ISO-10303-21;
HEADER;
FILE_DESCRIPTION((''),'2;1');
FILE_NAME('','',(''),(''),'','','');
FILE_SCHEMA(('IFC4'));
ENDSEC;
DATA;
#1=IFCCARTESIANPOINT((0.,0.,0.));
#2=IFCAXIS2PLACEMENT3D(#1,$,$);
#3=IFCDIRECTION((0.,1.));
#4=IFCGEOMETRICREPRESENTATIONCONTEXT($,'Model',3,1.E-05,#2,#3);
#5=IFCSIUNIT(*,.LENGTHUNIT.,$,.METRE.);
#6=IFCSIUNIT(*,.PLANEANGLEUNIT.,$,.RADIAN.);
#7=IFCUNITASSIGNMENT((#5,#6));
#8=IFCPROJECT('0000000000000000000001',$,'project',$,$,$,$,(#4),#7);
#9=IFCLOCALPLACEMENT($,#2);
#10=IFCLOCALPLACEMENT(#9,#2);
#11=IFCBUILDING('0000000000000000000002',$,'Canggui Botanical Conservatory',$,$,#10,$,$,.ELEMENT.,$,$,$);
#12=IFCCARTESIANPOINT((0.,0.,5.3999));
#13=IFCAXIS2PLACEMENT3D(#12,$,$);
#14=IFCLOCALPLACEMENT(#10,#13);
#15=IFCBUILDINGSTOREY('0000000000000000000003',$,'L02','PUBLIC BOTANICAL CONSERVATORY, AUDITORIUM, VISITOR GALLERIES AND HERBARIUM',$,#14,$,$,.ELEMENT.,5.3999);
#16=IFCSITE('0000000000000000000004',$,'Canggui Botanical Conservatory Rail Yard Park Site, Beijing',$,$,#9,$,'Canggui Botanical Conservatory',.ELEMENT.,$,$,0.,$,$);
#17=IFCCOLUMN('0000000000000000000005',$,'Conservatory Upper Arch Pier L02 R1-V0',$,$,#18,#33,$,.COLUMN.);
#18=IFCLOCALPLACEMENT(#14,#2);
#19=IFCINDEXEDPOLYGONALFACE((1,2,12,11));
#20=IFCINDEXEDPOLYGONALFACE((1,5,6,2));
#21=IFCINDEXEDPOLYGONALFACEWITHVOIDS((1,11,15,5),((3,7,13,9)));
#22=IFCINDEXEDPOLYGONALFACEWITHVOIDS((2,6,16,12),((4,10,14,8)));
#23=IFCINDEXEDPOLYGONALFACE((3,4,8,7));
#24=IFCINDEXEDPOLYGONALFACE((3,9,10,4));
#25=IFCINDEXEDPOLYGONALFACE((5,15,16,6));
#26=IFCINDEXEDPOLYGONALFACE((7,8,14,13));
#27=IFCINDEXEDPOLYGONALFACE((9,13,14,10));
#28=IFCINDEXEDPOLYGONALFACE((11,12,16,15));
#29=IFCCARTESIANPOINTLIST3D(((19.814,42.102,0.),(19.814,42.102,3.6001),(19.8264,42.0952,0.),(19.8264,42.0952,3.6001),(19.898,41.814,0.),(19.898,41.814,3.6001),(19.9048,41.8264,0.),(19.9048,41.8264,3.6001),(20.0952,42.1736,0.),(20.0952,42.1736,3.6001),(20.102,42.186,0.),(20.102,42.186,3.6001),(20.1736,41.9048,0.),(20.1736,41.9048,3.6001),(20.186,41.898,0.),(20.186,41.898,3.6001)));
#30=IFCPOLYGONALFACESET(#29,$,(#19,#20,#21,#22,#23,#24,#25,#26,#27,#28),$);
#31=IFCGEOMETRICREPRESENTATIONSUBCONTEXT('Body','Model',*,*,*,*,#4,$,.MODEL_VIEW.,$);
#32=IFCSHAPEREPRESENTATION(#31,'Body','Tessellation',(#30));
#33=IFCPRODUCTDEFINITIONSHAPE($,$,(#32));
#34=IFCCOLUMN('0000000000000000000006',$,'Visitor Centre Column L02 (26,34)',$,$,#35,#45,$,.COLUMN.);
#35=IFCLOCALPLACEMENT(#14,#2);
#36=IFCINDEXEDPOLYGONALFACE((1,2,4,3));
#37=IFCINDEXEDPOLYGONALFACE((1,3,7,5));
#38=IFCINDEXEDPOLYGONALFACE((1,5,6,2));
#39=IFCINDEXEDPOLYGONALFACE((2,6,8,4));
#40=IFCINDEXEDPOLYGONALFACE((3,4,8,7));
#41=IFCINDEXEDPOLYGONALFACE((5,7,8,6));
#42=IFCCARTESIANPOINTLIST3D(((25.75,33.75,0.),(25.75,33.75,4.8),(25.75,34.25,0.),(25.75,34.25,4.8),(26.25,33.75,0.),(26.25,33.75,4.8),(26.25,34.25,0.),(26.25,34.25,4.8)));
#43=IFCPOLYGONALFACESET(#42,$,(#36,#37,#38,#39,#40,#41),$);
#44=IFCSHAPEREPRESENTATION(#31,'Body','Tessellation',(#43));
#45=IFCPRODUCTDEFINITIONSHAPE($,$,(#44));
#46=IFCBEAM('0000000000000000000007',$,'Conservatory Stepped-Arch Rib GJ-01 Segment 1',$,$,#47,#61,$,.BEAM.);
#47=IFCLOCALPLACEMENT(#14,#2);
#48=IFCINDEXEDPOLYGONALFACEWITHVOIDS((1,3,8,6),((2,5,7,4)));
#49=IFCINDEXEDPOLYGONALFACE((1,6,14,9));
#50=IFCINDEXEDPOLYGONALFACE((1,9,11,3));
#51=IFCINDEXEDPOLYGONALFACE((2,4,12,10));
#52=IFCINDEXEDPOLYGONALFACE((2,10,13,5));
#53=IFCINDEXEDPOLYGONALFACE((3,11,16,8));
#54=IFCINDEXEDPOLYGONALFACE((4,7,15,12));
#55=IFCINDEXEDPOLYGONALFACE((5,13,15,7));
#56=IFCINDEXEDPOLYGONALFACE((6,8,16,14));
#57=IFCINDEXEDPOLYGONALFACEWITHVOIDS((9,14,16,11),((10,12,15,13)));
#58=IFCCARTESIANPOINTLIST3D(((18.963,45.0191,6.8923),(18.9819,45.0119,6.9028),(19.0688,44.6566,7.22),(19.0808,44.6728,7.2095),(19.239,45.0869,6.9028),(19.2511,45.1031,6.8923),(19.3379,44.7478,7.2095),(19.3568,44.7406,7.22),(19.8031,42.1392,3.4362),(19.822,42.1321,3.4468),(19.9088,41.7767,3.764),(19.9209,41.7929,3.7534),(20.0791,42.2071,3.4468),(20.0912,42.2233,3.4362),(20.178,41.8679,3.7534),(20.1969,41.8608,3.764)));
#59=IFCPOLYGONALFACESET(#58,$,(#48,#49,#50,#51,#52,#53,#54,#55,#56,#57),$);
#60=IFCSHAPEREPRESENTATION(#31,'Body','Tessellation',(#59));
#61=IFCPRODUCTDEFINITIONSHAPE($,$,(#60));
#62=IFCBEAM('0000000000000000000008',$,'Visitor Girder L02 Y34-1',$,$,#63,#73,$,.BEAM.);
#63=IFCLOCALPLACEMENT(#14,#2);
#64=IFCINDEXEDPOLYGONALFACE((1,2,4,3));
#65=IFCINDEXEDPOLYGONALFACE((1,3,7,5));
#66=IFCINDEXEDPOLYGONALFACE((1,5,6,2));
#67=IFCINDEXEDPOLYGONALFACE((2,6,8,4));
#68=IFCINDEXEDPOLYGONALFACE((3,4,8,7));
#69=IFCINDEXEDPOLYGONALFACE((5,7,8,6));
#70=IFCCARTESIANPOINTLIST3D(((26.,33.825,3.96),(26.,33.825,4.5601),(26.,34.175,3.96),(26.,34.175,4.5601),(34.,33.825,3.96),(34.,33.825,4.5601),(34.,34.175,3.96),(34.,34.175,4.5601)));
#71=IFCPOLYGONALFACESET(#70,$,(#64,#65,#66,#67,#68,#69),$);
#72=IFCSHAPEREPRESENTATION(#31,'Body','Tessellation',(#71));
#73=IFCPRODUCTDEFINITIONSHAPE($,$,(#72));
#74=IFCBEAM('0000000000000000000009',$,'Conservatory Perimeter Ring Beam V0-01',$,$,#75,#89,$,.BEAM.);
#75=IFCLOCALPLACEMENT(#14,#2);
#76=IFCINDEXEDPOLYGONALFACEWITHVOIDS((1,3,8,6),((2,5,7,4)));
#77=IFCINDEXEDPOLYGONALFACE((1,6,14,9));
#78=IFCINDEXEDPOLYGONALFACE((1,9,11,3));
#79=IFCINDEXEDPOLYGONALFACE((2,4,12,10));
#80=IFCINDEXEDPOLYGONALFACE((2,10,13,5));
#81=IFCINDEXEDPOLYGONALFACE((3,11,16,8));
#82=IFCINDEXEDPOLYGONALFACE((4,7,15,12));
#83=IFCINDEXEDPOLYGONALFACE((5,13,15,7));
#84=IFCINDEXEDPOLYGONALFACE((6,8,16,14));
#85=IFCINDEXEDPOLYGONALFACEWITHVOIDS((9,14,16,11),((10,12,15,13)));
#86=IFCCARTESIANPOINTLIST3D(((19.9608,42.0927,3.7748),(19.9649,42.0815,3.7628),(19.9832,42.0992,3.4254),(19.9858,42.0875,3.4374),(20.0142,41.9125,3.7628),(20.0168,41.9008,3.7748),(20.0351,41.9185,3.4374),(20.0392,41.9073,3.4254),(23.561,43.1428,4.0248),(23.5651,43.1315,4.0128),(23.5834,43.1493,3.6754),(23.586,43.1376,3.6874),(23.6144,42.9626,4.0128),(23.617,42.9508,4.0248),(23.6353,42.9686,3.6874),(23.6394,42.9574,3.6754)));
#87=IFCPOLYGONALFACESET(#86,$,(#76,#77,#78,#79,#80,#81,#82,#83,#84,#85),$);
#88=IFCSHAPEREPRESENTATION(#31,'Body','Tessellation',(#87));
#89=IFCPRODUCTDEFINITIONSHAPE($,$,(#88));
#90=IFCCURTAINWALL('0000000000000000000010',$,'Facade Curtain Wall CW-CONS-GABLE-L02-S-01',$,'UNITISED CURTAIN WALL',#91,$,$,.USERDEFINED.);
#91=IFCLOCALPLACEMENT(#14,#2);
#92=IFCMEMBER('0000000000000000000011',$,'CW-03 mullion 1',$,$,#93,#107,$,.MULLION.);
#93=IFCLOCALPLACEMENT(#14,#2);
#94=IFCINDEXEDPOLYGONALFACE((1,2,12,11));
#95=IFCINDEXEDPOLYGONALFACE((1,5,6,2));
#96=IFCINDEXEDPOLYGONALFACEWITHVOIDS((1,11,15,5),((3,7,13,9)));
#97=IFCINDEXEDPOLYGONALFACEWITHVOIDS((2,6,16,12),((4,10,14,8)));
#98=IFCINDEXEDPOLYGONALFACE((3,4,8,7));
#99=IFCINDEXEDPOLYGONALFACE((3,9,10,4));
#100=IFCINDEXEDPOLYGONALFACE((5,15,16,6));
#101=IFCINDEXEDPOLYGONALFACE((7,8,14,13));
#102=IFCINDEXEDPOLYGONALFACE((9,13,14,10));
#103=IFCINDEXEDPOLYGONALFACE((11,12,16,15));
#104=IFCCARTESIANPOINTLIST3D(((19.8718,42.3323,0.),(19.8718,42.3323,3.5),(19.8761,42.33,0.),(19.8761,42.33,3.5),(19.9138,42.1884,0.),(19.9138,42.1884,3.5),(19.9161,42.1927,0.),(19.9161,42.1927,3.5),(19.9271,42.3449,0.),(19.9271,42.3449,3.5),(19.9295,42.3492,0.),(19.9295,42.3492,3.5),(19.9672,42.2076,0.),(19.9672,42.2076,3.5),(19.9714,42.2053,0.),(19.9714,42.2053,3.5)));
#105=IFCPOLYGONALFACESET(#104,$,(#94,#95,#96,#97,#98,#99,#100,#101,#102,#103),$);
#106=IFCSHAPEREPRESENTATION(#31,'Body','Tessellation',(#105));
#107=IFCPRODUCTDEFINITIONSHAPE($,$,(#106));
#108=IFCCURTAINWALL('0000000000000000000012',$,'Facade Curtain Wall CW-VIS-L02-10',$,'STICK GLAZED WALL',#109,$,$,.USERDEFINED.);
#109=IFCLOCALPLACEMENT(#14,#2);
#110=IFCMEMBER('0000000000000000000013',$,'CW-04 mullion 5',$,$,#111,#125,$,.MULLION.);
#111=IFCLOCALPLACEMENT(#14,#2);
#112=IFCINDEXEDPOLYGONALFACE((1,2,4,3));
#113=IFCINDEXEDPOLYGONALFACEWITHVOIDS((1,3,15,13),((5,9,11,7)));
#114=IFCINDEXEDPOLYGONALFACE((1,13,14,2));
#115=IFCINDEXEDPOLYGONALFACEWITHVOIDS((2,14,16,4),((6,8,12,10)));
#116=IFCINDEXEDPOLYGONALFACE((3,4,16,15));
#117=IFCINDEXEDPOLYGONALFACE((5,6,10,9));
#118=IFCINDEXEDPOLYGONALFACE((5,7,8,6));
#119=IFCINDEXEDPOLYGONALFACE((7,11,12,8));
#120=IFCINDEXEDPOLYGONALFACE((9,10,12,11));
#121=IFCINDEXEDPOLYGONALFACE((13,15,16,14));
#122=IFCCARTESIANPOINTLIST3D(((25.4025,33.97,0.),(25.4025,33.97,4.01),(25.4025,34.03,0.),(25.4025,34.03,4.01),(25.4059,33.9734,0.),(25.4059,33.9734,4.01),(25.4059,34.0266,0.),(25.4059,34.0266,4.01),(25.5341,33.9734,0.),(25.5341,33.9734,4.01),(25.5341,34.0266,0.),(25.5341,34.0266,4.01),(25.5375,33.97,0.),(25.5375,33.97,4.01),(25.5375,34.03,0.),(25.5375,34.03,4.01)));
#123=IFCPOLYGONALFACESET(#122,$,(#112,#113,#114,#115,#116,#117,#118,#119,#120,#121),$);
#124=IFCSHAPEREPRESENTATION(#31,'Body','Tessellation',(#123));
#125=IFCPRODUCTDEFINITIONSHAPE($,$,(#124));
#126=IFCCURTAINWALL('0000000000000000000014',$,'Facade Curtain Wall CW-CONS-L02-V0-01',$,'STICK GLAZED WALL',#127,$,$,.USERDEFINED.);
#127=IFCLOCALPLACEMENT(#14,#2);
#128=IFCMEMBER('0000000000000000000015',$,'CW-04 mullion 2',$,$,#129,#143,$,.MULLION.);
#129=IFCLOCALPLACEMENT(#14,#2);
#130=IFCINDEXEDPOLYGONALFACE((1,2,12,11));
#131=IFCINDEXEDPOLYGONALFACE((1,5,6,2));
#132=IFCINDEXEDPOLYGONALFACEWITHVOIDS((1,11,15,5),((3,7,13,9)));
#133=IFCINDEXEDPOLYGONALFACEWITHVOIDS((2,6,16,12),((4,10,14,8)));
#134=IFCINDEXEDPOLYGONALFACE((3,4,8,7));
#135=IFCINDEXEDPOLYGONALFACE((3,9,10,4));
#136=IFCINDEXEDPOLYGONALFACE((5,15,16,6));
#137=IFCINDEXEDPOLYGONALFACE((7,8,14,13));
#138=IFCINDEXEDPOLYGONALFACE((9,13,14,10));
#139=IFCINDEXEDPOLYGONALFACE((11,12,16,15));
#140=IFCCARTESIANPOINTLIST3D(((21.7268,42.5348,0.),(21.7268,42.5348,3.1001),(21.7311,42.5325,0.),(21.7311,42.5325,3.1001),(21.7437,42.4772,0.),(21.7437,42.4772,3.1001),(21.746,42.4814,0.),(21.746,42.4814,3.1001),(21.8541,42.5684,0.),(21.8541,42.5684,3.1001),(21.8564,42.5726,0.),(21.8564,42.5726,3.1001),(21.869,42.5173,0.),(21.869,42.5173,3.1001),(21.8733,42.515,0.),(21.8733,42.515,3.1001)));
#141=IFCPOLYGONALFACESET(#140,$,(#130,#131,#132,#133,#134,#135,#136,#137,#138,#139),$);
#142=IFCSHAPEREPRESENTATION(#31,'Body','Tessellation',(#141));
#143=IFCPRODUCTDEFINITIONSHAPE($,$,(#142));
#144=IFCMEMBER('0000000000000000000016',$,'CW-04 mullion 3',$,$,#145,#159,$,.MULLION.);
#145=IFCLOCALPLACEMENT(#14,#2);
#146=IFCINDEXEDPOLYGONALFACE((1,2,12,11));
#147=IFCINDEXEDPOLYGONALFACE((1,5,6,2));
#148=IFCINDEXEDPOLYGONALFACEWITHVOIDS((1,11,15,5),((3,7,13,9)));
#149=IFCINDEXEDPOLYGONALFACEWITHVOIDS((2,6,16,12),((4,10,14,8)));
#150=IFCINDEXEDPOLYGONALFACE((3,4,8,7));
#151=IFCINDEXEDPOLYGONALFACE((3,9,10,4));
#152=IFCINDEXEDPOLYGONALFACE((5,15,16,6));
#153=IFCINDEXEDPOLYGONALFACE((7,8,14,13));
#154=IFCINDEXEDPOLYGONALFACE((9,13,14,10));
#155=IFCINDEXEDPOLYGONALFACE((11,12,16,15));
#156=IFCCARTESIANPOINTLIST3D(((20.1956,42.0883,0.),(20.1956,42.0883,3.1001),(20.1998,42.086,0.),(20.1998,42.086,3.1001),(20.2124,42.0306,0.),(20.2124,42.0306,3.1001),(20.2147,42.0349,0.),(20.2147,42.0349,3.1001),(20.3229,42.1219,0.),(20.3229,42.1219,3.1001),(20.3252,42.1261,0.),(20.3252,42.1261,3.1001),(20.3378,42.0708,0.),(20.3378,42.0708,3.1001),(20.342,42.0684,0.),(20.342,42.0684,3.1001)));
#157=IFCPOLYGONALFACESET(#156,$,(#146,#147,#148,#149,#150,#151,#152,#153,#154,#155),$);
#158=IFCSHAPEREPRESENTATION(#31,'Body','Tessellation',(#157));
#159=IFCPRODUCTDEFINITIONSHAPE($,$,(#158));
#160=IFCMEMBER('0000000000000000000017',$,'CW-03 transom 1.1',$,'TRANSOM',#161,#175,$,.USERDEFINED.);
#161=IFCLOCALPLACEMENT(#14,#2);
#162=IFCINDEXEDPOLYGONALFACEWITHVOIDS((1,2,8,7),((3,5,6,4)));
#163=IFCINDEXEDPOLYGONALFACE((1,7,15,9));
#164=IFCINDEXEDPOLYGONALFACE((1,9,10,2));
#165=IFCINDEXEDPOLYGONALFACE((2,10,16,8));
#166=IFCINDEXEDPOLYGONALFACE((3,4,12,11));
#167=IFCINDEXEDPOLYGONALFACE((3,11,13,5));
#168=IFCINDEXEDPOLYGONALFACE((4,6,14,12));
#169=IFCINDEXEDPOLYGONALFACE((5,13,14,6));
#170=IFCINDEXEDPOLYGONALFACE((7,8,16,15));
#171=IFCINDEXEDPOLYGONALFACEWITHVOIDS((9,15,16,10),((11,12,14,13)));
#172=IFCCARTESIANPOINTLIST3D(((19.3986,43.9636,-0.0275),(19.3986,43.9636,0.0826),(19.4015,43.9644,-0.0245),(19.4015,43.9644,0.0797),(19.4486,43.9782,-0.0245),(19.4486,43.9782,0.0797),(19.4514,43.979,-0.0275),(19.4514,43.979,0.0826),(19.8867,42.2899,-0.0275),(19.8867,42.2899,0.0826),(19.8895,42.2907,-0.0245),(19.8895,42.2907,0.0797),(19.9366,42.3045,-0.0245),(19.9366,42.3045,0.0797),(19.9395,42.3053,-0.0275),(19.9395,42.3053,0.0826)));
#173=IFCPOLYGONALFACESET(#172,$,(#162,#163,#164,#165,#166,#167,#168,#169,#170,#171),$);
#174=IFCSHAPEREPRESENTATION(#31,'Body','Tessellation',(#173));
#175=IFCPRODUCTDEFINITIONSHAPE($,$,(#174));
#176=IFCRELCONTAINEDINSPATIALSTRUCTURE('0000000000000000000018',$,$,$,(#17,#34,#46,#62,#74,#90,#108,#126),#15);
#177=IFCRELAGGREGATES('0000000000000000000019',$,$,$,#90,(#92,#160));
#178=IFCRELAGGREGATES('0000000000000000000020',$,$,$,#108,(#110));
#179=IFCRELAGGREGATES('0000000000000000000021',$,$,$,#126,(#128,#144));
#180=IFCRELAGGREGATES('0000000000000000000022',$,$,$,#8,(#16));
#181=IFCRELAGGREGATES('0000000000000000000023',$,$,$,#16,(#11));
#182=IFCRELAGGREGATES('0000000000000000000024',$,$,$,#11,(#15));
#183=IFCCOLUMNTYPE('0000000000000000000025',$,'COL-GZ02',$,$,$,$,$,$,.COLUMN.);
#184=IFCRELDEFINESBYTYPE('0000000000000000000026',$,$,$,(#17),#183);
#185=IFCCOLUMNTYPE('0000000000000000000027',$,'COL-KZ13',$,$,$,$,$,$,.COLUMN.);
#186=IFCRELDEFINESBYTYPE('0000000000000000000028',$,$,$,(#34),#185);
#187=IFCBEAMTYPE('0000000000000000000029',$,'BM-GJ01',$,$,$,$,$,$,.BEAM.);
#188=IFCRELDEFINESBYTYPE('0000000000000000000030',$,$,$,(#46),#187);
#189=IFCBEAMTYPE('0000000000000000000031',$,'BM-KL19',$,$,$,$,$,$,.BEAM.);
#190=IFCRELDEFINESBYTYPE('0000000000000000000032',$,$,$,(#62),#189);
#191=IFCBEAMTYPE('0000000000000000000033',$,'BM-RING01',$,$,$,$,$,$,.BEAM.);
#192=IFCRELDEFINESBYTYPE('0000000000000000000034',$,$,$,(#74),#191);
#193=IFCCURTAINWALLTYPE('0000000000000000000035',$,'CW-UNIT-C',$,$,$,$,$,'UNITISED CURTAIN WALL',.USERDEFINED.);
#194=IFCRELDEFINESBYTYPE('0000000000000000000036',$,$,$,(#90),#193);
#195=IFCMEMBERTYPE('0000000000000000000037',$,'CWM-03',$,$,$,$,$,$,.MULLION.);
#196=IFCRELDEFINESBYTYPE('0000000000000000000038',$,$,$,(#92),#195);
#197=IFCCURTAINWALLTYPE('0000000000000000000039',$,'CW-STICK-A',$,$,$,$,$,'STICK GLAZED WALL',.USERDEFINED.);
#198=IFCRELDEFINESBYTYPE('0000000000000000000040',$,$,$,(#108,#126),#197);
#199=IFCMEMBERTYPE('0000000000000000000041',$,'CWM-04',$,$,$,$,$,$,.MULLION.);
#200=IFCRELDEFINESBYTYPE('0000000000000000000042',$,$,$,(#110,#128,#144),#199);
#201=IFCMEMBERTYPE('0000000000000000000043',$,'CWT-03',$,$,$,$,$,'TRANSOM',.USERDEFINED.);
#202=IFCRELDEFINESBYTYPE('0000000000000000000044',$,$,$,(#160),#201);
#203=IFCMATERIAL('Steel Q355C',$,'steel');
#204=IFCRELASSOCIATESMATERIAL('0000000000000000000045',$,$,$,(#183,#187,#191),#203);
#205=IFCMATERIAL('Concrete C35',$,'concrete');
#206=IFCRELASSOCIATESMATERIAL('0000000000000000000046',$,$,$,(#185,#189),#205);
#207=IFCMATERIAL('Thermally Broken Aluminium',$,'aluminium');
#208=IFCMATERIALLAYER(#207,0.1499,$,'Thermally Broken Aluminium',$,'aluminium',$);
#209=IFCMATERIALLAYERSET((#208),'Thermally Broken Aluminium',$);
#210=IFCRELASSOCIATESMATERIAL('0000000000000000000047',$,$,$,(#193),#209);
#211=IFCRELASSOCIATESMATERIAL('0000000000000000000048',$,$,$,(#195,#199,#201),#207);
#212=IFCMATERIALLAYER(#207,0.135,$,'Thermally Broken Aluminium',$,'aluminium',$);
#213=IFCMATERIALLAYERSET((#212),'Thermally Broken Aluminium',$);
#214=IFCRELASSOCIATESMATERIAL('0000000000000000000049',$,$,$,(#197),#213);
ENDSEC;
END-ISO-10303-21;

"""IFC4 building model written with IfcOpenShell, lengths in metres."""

from ifc_helpers import new_model, si_unit, direction, frame, origin, origin_2d, place, context, subcontext, project, spatial, rectangle, hollow_rectangle, extrude, material, layer, layer_set, material_profile, profile_set, type_object, element, aggregate, save


model = new_model("IFC4")

# Units and contexts
model_context = context("Model", 3, precision=1e-05, world=origin(), true_north=direction((0.0, 1.0)))
body_context = subcontext(model_context, "Body", "Model", "MODEL_VIEW")
ifc_project = project(units=[si_unit("LENGTHUNIT", "METRE"), si_unit("PLANEANGLEUNIT", "RADIAN")], contexts=[model_context])

# Site, building, storey
site_placement = place(None, origin())
site = spatial("IfcSite", under=ifc_project, at=site_placement, Name="Canggui Botanical Conservatory Rail Yard Park Site, Beijing", LongName="Canggui Botanical Conservatory", CompositionType="ELEMENT", RefElevation=0.0)
building_placement = place(site_placement, origin())
building = spatial("IfcBuilding", under=site, at=building_placement, Name="Canggui Botanical Conservatory", CompositionType="ELEMENT")
storey_placement = place(building_placement, frame((0.0, 0.0, 5.3999)))
storey = spatial("IfcBuildingStorey", under=building, at=storey_placement, Name="L02", Description="PUBLIC BOTANICAL CONSERVATORY, AUDITORIUM, VISITOR GALLERIES AND HERBARIUM", CompositionType="ELEMENT", Elevation=5.3999)

# Columns
ifc_material_1 = material(Name="Steel Q355C", Category="steel")
ifc_material_profile_1 = material_profile(ifc_material_1, hollow_rectangle(XDim=0.3, YDim=0.3, WallThickness=0.01, at=origin_2d()), Name="SHS 300x300x10")
ifc_profile_set_1 = profile_set([ifc_material_profile_1], Name="Steel Q355C")
column_type_1 = type_object("IfcColumnType", Name="COL-GZ02", PredefinedType="COLUMN", material=ifc_profile_set_1)
column_1_placement = place(storey_placement, frame((20.0, 42.0, 0.0), z_axis=(0.0, 0.0, 1.0), x_axis=(0.96, 0.28, 0.0)))
element("IfcColumn", 1, at=column_1_placement, inside=storey, type_object=column_type_1, Name="Conservatory Upper Arch Pier L02 R1-V0", PredefinedType="COLUMN", context=body_context, shape_type="SweptSolid", body=[
    extrude(hollow_rectangle(XDim=0.3, YDim=0.3, WallThickness=0.01, at=origin_2d()), origin(), (0.0, 0.0, 1.0), 3.6001),
])
ifc_material_2 = material(Name="Concrete C35", Category="concrete")
ifc_material_profile_2 = material_profile(ifc_material_2, rectangle(XDim=0.5, YDim=0.5, at=origin_2d()), Name="RC 500x500")
ifc_profile_set_2 = profile_set([ifc_material_profile_2], Name="Concrete C35")
column_type_2 = type_object("IfcColumnType", Name="COL-KZ13", PredefinedType="COLUMN", material=ifc_profile_set_2)
column_2_placement = place(storey_placement, frame((26.0, 34.0, 0.0), z_axis=(0.0, 0.0, 1.0), x_axis=(1.0, 0.0, 0.0)))
element("IfcColumn", 2, at=column_2_placement, inside=storey, type_object=column_type_2, Name="Visitor Centre Column L02 (26,34)", PredefinedType="COLUMN", context=body_context, shape_type="SweptSolid", body=[
    extrude(rectangle(XDim=0.5, YDim=0.5, at=origin_2d()), origin(), (0.0, 0.0, 1.0), 4.8),
])

# Beams
ifc_material_profile_3 = material_profile(ifc_material_1, hollow_rectangle(XDim=0.3, YDim=0.5, WallThickness=0.0161, at=origin_2d()), Name="RHS 300x500x16")
ifc_profile_set_3 = profile_set([ifc_material_profile_3], Name="Steel Q355C")
beam_type_1 = type_object("IfcBeamType", Name="BM-GJ01", PredefinedType="BEAM", material=ifc_profile_set_3)
beam_1_placement = place(storey_placement, frame((20.0, 42.0, 3.6001), z_axis=(-0.183568, 0.629285, 0.755184), x_axis=(-0.959989, -0.280038, 0.0)))
element("IfcBeam", 3, at=beam_1_placement, inside=storey, type_object=beam_type_1, Name="Conservatory Stepped-Arch Rib GJ-01 Segment 1", PredefinedType="BEAM", context=body_context, shape_type="SweptSolid", body=[
    extrude(hollow_rectangle(XDim=0.3, YDim=0.5, WallThickness=0.0161, at=origin_2d()), origin(), (0.0, 0.0, 1.0), 4.5764),
])
ifc_material_profile_4 = material_profile(ifc_material_2, rectangle(XDim=0.3501, YDim=0.6001, at=origin_2d()), Name="RB 350x600")
ifc_profile_set_4 = profile_set([ifc_material_profile_4], Name="Concrete C35")
beam_type_2 = type_object("IfcBeamType", Name="BM-KL19", PredefinedType="BEAM", material=ifc_profile_set_4)
beam_2_placement = place(storey_placement, frame((26.0, 34.0, 4.26), z_axis=(1.0, 0.0, 0.0), x_axis=(0.0, 1.0, 0.0)))
element("IfcBeam", 4, at=beam_2_placement, inside=storey, type_object=beam_type_2, Name="Visitor Girder L02 Y34-1", PredefinedType="BEAM", context=body_context, shape_type="SweptSolid", body=[
    extrude(rectangle(XDim=0.3501, YDim=0.6001, at=origin_2d()), origin(), (0.0, 0.0, 1.0), 8.0),
])
ifc_material_profile_5 = material_profile(ifc_material_1, hollow_rectangle(XDim=0.2, YDim=0.3501, WallThickness=0.012, at=origin_2d()), Name="RHS 200x350x12")
ifc_profile_set_5 = profile_set([ifc_material_profile_5], Name="Steel Q355C")
beam_type_3 = type_object("IfcBeamType", Name="BM-RING01", PredefinedType="BEAM", material=ifc_profile_set_5)
beam_3_placement = place(storey_placement, frame((20.0, 42.0, 3.6001), z_axis=(0.957872, 0.279385, 0.066517), x_axis=(-0.280005, 0.959999, 0.0)))
element("IfcBeam", 5, at=beam_3_placement, inside=storey, type_object=beam_type_3, Name="Conservatory Perimeter Ring Beam V0-01", PredefinedType="BEAM", context=body_context, shape_type="SweptSolid", body=[
    extrude(hollow_rectangle(XDim=0.2, YDim=0.3501, WallThickness=0.012, at=origin_2d()), origin(), (0.0, 0.0, 1.0), 3.7585),
])

# Curtain walls, members
ifc_material_3 = material(Name="Thermally Broken Aluminium", Category="aluminium")
ifc_layer_1 = layer(ifc_material_3, 0.1499, Name="Thermally Broken Aluminium", Category="aluminium")
ifc_layer_set_1 = layer_set([ifc_layer_1], Name="Thermally Broken Aluminium")
curtain_wall_type_1 = type_object("IfcCurtainWallType", Name="CW-UNIT-C", ElementType="UNITISED CURTAIN WALL", PredefinedType="USERDEFINED", material=ifc_layer_set_1)
curtain_wall_1_placement = place(storey_placement, origin())
curtain_wall_1 = element("IfcCurtainWall", 6, at=curtain_wall_1_placement, inside=storey, type_object=curtain_wall_type_1, Name="Facade Curtain Wall CW-CONS-GABLE-L02-S-01", ObjectType="UNITISED CURTAIN WALL", PredefinedType="USERDEFINED")
ifc_material_profile_6 = material_profile(ifc_material_3, hollow_rectangle(XDim=0.0601, YDim=0.1499, WallThickness=0.0034, at=origin_2d()), Name="CWM 60x150x3.5")
ifc_profile_set_6 = profile_set([ifc_material_profile_6], Name="Thermally Broken Aluminium")
member_type_1 = type_object("IfcMemberType", Name="CWM-03", PredefinedType="MULLION", material=ifc_profile_set_6)
member_1_placement = place(storey_placement, frame((19.9216, 42.2688, 0.0), z_axis=(0.0, 0.0, 1.0), x_axis=(-0.96, -0.28, 0.0)))
member_1 = element("IfcMember", 7, at=member_1_placement, type_object=member_type_1, Name="CW-03 mullion 1", PredefinedType="MULLION", context=body_context, shape_type="SweptSolid", body=[
    extrude(hollow_rectangle(XDim=0.0601, YDim=0.1499, WallThickness=0.0034, at=origin_2d()), origin(), (0.0, 0.0, 1.0), 3.5),
])
ifc_layer_2 = layer(ifc_material_3, 0.135, Name="Thermally Broken Aluminium", Category="aluminium")
ifc_layer_set_2 = layer_set([ifc_layer_2], Name="Thermally Broken Aluminium")
curtain_wall_type_2 = type_object("IfcCurtainWallType", Name="CW-STICK-A", ElementType="STICK GLAZED WALL", PredefinedType="USERDEFINED", material=ifc_layer_set_2)
curtain_wall_2_placement = place(storey_placement, origin())
curtain_wall_2 = element("IfcCurtainWall", 8, at=curtain_wall_2_placement, inside=storey, type_object=curtain_wall_type_2, Name="Facade Curtain Wall CW-VIS-L02-10", ObjectType="STICK GLAZED WALL", PredefinedType="USERDEFINED")
ifc_material_profile_7 = material_profile(ifc_material_3, hollow_rectangle(XDim=0.0601, YDim=0.135, WallThickness=0.0034, at=origin_2d()), Name="CWM 60x135x3.5")
ifc_profile_set_7 = profile_set([ifc_material_profile_7], Name="Thermally Broken Aluminium")
member_type_2 = type_object("IfcMemberType", Name="CWM-04", PredefinedType="MULLION", material=ifc_profile_set_7)
member_2_placement = place(storey_placement, frame((25.47, 34.0, 0.0), z_axis=(0.0, 0.0, 1.0), x_axis=(0.0, 1.0, 0.0)))
member_2 = element("IfcMember", 9, at=member_2_placement, type_object=member_type_2, Name="CW-04 mullion 5", PredefinedType="MULLION", context=body_context, shape_type="SweptSolid", body=[
    extrude(hollow_rectangle(XDim=0.0601, YDim=0.135, WallThickness=0.0034, at=origin_2d()), origin(), (0.0, 0.0, 1.0), 4.01),
])

# Curtain wall, members
curtain_wall_3_placement = place(storey_placement, origin())
curtain_wall_3 = element("IfcCurtainWall", 10, at=curtain_wall_3_placement, inside=storey, type_object=curtain_wall_type_2, Name="Facade Curtain Wall CW-CONS-L02-V0-01", ObjectType="STICK GLAZED WALL", PredefinedType="USERDEFINED")
member_3_placement = place(storey_placement, frame((21.8, 42.5249, 0.0), z_axis=(0.0, 0.0, 1.0), x_axis=(0.28, -0.96, 0.0)))
member_3 = element("IfcMember", 11, at=member_3_placement, type_object=member_type_2, Name="CW-04 mullion 2", PredefinedType="MULLION", context=body_context, shape_type="SweptSolid", body=[
    extrude(hollow_rectangle(XDim=0.0601, YDim=0.135, WallThickness=0.0034, at=origin_2d()), origin(), (0.0, 0.0, 1.0), 3.1001),
])
member_4_placement = place(storey_placement, frame((20.2688, 42.0784, 0.0), z_axis=(0.0, 0.0, 1.0), x_axis=(0.28, -0.96, 0.0)))
member_4 = element("IfcMember", 12, at=member_4_placement, type_object=member_type_2, Name="CW-04 mullion 3", PredefinedType="MULLION", context=body_context, shape_type="SweptSolid", body=[
    extrude(hollow_rectangle(XDim=0.0601, YDim=0.135, WallThickness=0.0034, at=origin_2d()), origin(), (0.0, 0.0, 1.0), 3.1001),
])

# Member
ifc_material_profile_8 = material_profile(ifc_material_3, hollow_rectangle(XDim=0.0549, YDim=0.1101, WallThickness=0.0029, at=origin_2d()), Name="CWT 55x110x3")
ifc_profile_set_8 = profile_set([ifc_material_profile_8], Name="Thermally Broken Aluminium")
member_type_3 = type_object("IfcMemberType", Name="CWT-03", ElementType="TRANSOM", PredefinedType="USERDEFINED", material=ifc_profile_set_8)
member_5_placement = place(storey_placement, frame((19.9131, 42.2976, 0.0276), z_axis=(-0.279952, 0.960014, 0.0), x_axis=(-0.960014, -0.279952, 0.0)))
member_5 = element("IfcMember", 13, at=member_5_placement, type_object=member_type_3, Name="CW-03 transom 1.1", ObjectType="TRANSOM", PredefinedType="USERDEFINED", context=body_context, shape_type="SweptSolid", body=[
    extrude(hollow_rectangle(XDim=0.0549, YDim=0.1101, WallThickness=0.0029, at=origin_2d()), origin(), (0.0, 0.0, 1.0), 1.7434),
])
aggregate(curtain_wall_1, [member_1, member_5])

aggregate(curtain_wall_2, [member_2])
aggregate(curtain_wall_3, [member_3, member_4])

save(model, "model.ifc")
